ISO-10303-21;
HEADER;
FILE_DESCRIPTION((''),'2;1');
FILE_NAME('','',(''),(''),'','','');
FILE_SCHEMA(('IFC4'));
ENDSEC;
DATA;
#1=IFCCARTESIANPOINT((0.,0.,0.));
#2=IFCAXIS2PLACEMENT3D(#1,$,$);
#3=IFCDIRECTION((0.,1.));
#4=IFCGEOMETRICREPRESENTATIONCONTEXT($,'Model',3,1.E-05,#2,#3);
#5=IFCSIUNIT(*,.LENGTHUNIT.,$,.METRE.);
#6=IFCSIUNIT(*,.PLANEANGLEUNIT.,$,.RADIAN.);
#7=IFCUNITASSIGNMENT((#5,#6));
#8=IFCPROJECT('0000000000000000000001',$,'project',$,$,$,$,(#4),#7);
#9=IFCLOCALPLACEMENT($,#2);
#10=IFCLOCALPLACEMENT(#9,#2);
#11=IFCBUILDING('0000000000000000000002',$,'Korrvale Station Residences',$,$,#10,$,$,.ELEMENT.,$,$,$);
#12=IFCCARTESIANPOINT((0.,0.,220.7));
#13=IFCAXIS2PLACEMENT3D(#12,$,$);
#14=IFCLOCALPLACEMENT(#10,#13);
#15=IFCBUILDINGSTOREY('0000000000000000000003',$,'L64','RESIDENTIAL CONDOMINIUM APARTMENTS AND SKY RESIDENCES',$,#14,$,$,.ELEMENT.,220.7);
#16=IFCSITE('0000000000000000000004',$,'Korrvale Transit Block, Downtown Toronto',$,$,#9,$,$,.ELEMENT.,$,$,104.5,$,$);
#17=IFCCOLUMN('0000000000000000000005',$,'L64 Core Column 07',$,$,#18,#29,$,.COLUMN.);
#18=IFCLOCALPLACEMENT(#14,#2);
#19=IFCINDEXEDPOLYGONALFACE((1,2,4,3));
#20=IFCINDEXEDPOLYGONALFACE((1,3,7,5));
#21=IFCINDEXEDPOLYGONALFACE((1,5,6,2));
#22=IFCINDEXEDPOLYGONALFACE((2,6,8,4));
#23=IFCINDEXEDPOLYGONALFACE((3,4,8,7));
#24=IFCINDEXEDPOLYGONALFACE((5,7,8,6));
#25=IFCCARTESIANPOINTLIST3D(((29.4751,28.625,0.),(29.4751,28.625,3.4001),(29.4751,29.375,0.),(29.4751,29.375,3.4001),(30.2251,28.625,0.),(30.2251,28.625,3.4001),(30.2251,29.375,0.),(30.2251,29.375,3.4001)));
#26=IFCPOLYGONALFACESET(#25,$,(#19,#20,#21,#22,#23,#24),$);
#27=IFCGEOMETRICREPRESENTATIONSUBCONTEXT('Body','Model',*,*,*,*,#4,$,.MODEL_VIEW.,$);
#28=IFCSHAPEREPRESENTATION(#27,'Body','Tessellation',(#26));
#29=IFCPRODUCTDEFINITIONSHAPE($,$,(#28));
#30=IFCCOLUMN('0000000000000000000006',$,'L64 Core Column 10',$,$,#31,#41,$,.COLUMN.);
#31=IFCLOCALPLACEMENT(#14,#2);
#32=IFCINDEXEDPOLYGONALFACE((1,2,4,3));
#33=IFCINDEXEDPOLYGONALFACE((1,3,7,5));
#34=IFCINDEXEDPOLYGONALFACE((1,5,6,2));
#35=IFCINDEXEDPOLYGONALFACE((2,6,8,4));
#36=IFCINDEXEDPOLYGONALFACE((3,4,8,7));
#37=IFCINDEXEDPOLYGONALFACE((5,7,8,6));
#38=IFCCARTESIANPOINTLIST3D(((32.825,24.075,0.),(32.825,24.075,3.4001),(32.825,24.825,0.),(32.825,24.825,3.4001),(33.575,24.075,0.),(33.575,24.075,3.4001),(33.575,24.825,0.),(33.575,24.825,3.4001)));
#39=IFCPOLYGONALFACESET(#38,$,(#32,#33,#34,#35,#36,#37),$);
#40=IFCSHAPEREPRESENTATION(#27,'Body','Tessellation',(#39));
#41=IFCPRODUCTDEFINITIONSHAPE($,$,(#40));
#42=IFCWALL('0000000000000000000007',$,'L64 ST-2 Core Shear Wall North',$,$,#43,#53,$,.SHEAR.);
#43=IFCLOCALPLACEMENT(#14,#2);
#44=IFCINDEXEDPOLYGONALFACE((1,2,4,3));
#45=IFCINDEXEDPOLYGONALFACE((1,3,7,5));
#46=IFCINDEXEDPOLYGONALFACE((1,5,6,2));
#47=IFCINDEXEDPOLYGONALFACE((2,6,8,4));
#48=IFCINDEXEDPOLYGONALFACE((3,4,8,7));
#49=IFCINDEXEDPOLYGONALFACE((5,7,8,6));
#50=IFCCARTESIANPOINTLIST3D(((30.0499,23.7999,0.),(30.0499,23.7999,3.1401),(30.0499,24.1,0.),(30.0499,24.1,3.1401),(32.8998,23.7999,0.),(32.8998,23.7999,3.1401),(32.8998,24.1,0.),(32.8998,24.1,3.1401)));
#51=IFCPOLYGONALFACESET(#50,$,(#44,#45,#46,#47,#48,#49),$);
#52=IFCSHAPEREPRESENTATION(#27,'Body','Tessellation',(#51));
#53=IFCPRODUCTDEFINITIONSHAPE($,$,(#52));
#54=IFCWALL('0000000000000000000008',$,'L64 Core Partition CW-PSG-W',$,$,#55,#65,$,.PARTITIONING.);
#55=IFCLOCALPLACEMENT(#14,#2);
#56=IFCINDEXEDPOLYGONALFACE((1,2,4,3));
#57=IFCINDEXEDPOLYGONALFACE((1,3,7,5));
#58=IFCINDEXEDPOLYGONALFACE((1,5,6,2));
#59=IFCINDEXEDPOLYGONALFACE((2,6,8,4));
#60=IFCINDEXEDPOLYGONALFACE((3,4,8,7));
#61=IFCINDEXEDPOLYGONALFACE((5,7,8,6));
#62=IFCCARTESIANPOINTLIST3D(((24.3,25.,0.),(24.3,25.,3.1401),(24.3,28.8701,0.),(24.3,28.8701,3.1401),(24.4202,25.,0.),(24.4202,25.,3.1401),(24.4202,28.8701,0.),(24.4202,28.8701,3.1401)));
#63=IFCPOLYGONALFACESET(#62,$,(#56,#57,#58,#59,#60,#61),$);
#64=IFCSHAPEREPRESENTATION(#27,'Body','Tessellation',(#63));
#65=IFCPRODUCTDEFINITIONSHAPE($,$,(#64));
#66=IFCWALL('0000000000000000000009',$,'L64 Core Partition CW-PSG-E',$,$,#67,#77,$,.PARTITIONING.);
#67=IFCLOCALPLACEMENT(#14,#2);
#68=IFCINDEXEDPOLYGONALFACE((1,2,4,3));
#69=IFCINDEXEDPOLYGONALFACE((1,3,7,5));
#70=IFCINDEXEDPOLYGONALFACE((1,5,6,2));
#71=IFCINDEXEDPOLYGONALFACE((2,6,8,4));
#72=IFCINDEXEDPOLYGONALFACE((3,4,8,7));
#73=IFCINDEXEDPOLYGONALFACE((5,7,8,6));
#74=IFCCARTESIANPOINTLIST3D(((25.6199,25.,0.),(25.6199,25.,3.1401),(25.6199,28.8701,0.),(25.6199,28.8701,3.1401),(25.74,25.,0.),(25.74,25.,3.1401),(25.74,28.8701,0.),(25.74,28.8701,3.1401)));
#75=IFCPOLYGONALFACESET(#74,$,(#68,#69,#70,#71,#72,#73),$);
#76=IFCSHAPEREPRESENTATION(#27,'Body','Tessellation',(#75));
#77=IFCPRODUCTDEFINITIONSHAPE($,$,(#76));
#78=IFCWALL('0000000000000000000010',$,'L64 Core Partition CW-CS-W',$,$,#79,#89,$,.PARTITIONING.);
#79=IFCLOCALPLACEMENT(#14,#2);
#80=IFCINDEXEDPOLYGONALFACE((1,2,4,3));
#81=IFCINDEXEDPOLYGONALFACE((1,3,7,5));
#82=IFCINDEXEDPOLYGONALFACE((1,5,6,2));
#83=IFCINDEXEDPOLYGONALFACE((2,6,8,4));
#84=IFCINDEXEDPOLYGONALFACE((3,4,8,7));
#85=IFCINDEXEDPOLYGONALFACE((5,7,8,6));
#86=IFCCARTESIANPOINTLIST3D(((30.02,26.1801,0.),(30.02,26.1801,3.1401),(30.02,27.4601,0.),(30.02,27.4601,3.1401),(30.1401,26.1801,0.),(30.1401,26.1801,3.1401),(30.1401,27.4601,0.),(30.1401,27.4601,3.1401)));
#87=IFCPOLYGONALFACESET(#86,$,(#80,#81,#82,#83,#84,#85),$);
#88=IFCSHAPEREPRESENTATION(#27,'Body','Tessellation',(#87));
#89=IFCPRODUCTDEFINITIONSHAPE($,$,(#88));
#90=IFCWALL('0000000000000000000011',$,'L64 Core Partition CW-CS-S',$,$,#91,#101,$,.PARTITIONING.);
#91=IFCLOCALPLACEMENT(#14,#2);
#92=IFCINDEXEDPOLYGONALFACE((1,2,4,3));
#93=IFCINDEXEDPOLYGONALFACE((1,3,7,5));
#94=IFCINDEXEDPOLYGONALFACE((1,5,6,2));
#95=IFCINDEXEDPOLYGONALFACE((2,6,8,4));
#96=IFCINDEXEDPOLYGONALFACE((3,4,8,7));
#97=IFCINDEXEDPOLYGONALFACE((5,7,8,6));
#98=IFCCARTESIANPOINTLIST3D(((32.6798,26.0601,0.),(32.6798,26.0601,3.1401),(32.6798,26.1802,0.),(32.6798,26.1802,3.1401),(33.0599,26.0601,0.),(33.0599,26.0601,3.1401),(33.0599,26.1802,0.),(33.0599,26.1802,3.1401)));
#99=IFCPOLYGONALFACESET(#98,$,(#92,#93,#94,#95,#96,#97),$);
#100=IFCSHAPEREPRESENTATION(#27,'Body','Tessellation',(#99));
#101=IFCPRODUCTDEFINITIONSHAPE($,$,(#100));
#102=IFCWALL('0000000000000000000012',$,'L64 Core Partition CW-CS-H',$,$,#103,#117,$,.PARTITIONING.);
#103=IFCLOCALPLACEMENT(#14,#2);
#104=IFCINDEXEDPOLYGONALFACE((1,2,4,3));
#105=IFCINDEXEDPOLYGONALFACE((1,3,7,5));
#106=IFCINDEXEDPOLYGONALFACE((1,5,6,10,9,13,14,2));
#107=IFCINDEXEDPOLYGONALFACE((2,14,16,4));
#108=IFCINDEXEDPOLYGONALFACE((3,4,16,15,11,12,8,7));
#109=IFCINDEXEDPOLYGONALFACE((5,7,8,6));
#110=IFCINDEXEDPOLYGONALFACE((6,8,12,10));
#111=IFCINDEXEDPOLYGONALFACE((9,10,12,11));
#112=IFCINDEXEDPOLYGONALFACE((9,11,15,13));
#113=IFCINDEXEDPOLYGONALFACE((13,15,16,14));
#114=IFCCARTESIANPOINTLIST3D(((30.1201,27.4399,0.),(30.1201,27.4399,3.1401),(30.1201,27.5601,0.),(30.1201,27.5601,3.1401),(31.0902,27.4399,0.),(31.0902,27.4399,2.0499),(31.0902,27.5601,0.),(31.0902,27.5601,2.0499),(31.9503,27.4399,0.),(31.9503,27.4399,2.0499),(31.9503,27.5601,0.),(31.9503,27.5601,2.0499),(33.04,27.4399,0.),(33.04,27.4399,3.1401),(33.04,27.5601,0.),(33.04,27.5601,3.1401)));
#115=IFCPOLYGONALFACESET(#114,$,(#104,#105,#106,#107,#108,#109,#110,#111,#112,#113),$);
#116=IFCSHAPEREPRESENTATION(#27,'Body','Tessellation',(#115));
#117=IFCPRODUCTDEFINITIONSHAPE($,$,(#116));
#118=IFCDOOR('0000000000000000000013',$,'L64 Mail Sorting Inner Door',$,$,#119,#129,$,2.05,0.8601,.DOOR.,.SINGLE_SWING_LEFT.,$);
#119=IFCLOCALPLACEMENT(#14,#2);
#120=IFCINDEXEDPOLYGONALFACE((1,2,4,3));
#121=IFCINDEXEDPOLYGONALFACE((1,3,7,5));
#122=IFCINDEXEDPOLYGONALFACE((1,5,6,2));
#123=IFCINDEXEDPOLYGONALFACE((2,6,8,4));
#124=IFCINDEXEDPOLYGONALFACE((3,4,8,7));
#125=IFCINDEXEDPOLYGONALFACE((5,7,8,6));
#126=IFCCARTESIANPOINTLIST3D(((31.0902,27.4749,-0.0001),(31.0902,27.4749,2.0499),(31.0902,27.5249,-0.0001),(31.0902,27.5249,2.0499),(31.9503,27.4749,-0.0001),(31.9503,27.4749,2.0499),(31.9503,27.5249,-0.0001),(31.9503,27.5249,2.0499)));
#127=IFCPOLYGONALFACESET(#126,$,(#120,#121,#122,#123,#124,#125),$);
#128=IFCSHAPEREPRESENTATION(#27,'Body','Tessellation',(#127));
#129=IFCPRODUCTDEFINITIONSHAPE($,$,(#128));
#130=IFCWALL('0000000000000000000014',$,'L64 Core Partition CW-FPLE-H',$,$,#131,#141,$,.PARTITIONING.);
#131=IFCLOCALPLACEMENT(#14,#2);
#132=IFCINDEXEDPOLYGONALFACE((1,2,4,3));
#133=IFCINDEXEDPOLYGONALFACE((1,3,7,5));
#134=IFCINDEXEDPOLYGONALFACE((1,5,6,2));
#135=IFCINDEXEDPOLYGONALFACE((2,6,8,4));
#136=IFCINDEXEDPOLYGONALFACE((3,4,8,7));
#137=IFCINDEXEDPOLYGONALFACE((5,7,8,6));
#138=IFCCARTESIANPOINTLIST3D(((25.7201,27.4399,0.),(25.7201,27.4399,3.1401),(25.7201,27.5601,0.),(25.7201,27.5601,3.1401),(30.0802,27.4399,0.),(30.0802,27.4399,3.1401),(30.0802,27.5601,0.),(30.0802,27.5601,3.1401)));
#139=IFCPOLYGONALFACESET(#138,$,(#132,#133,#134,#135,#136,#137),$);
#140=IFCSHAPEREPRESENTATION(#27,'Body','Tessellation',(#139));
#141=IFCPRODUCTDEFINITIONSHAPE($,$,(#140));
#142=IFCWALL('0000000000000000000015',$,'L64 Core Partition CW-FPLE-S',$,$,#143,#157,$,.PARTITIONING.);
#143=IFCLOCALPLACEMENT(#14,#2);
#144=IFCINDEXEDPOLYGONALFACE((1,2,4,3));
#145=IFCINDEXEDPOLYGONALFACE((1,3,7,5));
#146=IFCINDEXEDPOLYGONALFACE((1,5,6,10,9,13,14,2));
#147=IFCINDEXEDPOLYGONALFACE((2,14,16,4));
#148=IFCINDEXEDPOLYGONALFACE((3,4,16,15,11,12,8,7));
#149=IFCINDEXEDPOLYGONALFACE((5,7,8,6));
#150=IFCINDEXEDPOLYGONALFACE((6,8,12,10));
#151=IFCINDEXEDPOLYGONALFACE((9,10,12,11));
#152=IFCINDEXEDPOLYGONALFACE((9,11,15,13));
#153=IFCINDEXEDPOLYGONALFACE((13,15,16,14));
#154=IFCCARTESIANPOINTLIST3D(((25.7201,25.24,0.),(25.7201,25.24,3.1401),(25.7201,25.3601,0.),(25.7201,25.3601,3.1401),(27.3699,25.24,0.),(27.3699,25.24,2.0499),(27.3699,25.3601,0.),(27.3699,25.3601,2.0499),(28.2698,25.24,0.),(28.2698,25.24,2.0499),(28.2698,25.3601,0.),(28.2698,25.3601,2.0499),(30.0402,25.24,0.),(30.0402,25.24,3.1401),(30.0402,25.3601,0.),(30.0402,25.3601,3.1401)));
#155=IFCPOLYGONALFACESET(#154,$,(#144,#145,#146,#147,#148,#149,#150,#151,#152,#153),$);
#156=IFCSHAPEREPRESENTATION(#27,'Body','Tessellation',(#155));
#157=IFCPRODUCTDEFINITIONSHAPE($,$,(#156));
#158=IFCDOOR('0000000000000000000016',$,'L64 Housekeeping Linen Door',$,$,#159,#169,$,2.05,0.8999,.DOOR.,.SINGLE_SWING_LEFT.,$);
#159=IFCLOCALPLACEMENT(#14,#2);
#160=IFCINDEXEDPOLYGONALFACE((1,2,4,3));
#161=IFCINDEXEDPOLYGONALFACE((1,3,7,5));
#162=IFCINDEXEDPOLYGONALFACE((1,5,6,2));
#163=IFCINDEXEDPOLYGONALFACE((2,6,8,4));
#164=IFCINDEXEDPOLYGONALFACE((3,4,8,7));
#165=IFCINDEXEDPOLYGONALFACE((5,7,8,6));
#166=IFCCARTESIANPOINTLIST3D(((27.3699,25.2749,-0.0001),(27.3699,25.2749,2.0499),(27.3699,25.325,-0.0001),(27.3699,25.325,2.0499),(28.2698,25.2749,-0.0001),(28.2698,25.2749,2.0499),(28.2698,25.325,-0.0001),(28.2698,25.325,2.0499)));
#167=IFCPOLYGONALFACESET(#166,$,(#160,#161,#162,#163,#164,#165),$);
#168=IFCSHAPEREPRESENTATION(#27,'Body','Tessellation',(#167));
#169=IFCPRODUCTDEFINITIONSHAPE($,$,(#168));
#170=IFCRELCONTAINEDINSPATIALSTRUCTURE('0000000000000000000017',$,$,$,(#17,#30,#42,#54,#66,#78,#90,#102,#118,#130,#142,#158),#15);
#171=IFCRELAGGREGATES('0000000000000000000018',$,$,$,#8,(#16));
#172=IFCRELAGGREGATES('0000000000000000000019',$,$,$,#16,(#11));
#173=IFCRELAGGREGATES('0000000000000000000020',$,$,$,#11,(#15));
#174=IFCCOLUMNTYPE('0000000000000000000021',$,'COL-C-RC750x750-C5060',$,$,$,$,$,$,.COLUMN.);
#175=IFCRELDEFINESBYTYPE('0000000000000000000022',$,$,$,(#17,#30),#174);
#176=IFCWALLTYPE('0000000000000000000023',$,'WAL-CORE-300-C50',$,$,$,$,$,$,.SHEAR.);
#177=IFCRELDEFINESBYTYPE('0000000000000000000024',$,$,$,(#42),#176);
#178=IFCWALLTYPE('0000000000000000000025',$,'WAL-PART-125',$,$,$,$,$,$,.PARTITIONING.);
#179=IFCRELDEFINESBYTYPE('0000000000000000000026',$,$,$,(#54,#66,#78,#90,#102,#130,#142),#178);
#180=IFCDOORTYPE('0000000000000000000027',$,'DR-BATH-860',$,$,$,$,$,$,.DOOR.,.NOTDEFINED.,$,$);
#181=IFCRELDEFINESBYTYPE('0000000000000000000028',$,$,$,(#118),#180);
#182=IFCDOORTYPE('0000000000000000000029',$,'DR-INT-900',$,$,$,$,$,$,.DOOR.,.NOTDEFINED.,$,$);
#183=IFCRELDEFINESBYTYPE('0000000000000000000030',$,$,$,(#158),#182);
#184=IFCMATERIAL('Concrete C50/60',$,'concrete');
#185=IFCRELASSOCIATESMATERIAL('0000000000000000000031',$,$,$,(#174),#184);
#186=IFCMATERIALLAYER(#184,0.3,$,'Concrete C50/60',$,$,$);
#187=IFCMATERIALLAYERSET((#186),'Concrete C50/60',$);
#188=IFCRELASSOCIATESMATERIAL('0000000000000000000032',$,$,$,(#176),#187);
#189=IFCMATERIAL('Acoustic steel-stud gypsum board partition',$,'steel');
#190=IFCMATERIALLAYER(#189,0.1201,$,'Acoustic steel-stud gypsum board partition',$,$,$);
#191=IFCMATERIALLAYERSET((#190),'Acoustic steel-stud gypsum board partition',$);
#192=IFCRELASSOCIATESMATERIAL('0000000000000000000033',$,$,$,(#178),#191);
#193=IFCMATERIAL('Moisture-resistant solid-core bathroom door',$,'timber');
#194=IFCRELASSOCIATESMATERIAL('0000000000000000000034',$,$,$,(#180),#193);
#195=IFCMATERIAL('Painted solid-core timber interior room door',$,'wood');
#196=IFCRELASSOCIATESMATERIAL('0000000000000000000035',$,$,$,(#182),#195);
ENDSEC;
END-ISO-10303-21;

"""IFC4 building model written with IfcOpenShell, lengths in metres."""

from ifc_helpers import new_model, si_unit, direction, frame, frame_2d, origin, origin_2d, place, context, subcontext, project, spatial, rectangle, extrude, material, layer, layer_set, material_profile, profile_set, type_object, element, fill, save


model = new_model("IFC4")

# Units and contexts
model_context = context("Model", 3, precision=1e-05, world=origin(), true_north=direction((0.0, 1.0)))
body_context = subcontext(model_context, "Body", "Model", "MODEL_VIEW")
ifc_project = project(units=[si_unit("LENGTHUNIT", "METRE"), si_unit("PLANEANGLEUNIT", "RADIAN")], contexts=[model_context])

# Site, building, storey
site_placement = place(None, origin())
site = spatial("IfcSite", under=ifc_project, at=site_placement, Name="Korrvale Transit Block, Downtown Toronto", CompositionType="ELEMENT", RefElevation=104.5)
building_placement = place(site_placement, origin())
building = spatial("IfcBuilding", under=site, at=building_placement, Name="Korrvale Station Residences", CompositionType="ELEMENT")
storey_placement = place(building_placement, frame((0.0, 0.0, 220.7)))
storey = spatial("IfcBuildingStorey", under=building, at=storey_placement, Name="L64", Description="RESIDENTIAL CONDOMINIUM APARTMENTS AND SKY RESIDENCES", CompositionType="ELEMENT", Elevation=220.7)

# Columns
ifc_material_1 = material(Name="Concrete C50/60", Category="concrete")
ifc_material_profile = material_profile(ifc_material_1, rectangle(XDim=0.75, YDim=0.75, at=origin_2d()), Name="RC750x750")
ifc_profile_set = profile_set([ifc_material_profile], Name="Concrete C50/60")
column_type = type_object("IfcColumnType", Name="COL-C-RC750x750-C5060", PredefinedType="COLUMN", material=ifc_profile_set)
for number, where, z_axis, x_axis, name in (
    (1, (29.8501, 29.0, 0.0), (0.0, 0.0, 1.0), (1.0, 0.0, 0.0), "L64 Core Column 07"),
    (2, (33.2, 24.45, 0.0), (0.0, 0.0, 1.0), (1.0, 0.0, 0.0), "L64 Core Column 10"),
):
    element("IfcColumn", number, at=place(storey_placement, frame(where, z_axis=z_axis, x_axis=x_axis)), inside=storey, type_object=column_type, Name=name, PredefinedType="COLUMN", context=body_context, shape_type="SweptSolid", body=[
        extrude(rectangle(XDim=0.75, YDim=0.75, at=origin_2d()), origin(), (0.0, 0.0, 1.0), 3.4001),
    ])

# Walls
ifc_layer_1 = layer(ifc_material_1, 0.3, Name="Concrete C50/60")
ifc_layer_set_1 = layer_set([ifc_layer_1], Name="Concrete C50/60")
wall_type_1 = type_object("IfcWallType", Name="WAL-CORE-300-C50", PredefinedType="SHEAR", material=ifc_layer_set_1)
wall_1_placement = place(storey_placement, frame((30.05, 23.95, 0.0), z_axis=(0.0, 0.0, 1.0), x_axis=(1.0, 0.0, 0.0)))
element("IfcWall", 3, at=wall_1_placement, inside=storey, type_object=wall_type_1, Name="L64 ST-2 Core Shear Wall North", PredefinedType="SHEAR", context=body_context, shape_type="SweptSolid", body=[
    extrude(rectangle(XDim=2.8499, YDim=0.3, at=frame_2d((1.4248, 0.0))), origin(), (0.0, 0.0, 1.0), 3.1401),
])
ifc_material_2 = material(Name="Acoustic steel-stud gypsum board partition", Category="steel")
ifc_layer_2 = layer(ifc_material_2, 0.1201, Name="Acoustic steel-stud gypsum board partition")
ifc_layer_set_2 = layer_set([ifc_layer_2], Name="Acoustic steel-stud gypsum board partition")
wall_type_2 = type_object("IfcWallType", Name="WAL-PART-125", PredefinedType="PARTITIONING", material=ifc_layer_set_2)
for number, where, z_axis, x_axis, name in (
    (4, (24.3601, 25.0, 0.0), (0.0, 0.0, 1.0), (0.0, 1.0, 0.0), "L64 Core Partition CW-PSG-W"),
    (5, (25.6799, 25.0, 0.0), (0.0, 0.0, 1.0), (0.0, 1.0, 0.0), "L64 Core Partition CW-PSG-E"),
):
    element("IfcWall", number, at=place(storey_placement, frame(where, z_axis=z_axis, x_axis=x_axis)), inside=storey, type_object=wall_type_2, Name=name, PredefinedType="PARTITIONING", context=body_context, shape_type="SweptSolid", body=[
        extrude(rectangle(XDim=3.8701, YDim=0.1201, at=frame_2d((1.9351, 0.0))), origin(), (0.0, 0.0, 1.0), 3.1401),
    ])
wall_2_placement = place(storey_placement, frame((30.0801, 26.1799, 0.0), z_axis=(0.0, 0.0, 1.0), x_axis=(0.0, 1.0, 0.0)))
element("IfcWall", 6, at=wall_2_placement, inside=storey, type_object=wall_type_2, Name="L64 Core Partition CW-CS-W", PredefinedType="PARTITIONING", context=body_context, shape_type="SweptSolid", body=[
    extrude(rectangle(XDim=1.28, YDim=0.1201, at=frame_2d((0.6401, 0.0))), origin(), (0.0, 0.0, 1.0), 3.1401),
])
wall_3_placement = place(storey_placement, frame((32.6799, 26.1201, 0.0), z_axis=(0.0, 0.0, 1.0), x_axis=(1.0, 0.0, 0.0)))
element("IfcWall", 7, at=wall_3_placement, inside=storey, type_object=wall_type_2, Name="L64 Core Partition CW-CS-S", PredefinedType="PARTITIONING", context=body_context, shape_type="SweptSolid", body=[
    extrude(rectangle(XDim=0.3801, YDim=0.1201, at=frame_2d((0.1899, 0.0))), origin(), (0.0, 0.0, 1.0), 3.1401),
])

# Wall, opening, door
wall_4_placement = place(storey_placement, frame((30.1201, 27.5, 0.0), z_axis=(0.0, 0.0, 1.0), x_axis=(1.0, 0.0, 0.0)))
wall_4 = element("IfcWall", 8, at=wall_4_placement, inside=storey, type_object=wall_type_2, Name="L64 Core Partition CW-CS-H", PredefinedType="PARTITIONING", context=body_context, shape_type="SweptSolid", body=[
    extrude(rectangle(XDim=2.9199, YDim=0.1201, at=frame_2d((1.46, 0.0))), origin(), (0.0, 0.0, 1.0), 3.1401),
])
opening_1_placement = place(wall_4_placement, frame((0.97, 0.0, 0.0)))
opening_1 = element("IfcOpeningElement", 9, at=opening_1_placement, cuts=wall_4, PredefinedType="OPENING", context=body_context, shape_type="SweptSolid", body=[
    extrude(rectangle(XDim=0.8601, YDim=2.05, at=frame_2d((0.4302, 1.0249))), frame((0.0, 0.0701, 0.0), z_axis=(0.0, -1.0, 0.0), x_axis=(1.0, 0.0, 0.0)), (0.0, 0.0, 1.0), 0.1401),
])
ifc_material_3 = material(Name="Moisture-resistant solid-core bathroom door", Category="timber")
door_type_1 = type_object("IfcDoorType", Name="DR-BATH-860", OperationType="NOTDEFINED", PredefinedType="DOOR", material=ifc_material_3)
door_1_placement = place(opening_1_placement, origin())
door_1 = element("IfcDoor", 10, at=door_1_placement, inside=storey, type_object=door_type_1, Name="L64 Mail Sorting Inner Door", OperationType="SINGLE_SWING_LEFT", OverallHeight=2.05, OverallWidth=0.8601, PredefinedType="DOOR", context=body_context, shape_type="SweptSolid", body=[
    extrude(rectangle(XDim=0.8601, YDim=2.05, at=frame_2d((0.4302, 1.0249))), frame((0.0, 0.0249, 0.0), z_axis=(0.0, -1.0, 0.0), x_axis=(1.0, 0.0, 0.0)), (0.0, 0.0, 1.0), 0.05),
])
fill(opening_1, door_1)

# Wall
wall_5_placement = place(storey_placement, frame((25.72, 27.5, 0.0), z_axis=(0.0, 0.0, 1.0), x_axis=(1.0, 0.0, 0.0)))
element("IfcWall", 11, at=wall_5_placement, inside=storey, type_object=wall_type_2, Name="L64 Core Partition CW-FPLE-H", PredefinedType="PARTITIONING", context=body_context, shape_type="SweptSolid", body=[
    extrude(rectangle(XDim=4.3601, YDim=0.1201, at=frame_2d((2.1802, 0.0))), origin(), (0.0, 0.0, 1.0), 3.1401),
])

# Wall, opening, door
wall_6_placement = place(storey_placement, frame((25.72, 25.3, 0.0), z_axis=(0.0, 0.0, 1.0), x_axis=(1.0, 0.0, 0.0)))
wall_6 = element("IfcWall", 12, at=wall_6_placement, inside=storey, type_object=wall_type_2, Name="L64 Core Partition CW-FPLE-S", PredefinedType="PARTITIONING", context=body_context, shape_type="SweptSolid", body=[
    extrude(rectangle(XDim=4.3201, YDim=0.1201, at=frame_2d((2.1602, 0.0))), origin(), (0.0, 0.0, 1.0), 3.1401),
])
opening_2_placement = place(wall_6_placement, frame((1.6499, 0.0, 0.0)))
opening_2 = element("IfcOpeningElement", 13, at=opening_2_placement, cuts=wall_6, PredefinedType="OPENING", context=body_context, shape_type="SweptSolid", body=[
    extrude(rectangle(XDim=0.8999, YDim=2.05, at=frame_2d((0.45, 1.0249))), frame((0.0, 0.0701, 0.0), z_axis=(0.0, -1.0, 0.0), x_axis=(1.0, 0.0, 0.0)), (0.0, 0.0, 1.0), 0.1401),
])
ifc_material_4 = material(Name="Painted solid-core timber interior room door", Category="wood")
door_type_2 = type_object("IfcDoorType", Name="DR-INT-900", OperationType="NOTDEFINED", PredefinedType="DOOR", material=ifc_material_4)
door_2_placement = place(opening_2_placement, origin())
door_2 = element("IfcDoor", 14, at=door_2_placement, inside=storey, type_object=door_type_2, Name="L64 Housekeeping Linen Door", OperationType="SINGLE_SWING_LEFT", OverallHeight=2.05, OverallWidth=0.8999, PredefinedType="DOOR", context=body_context, shape_type="SweptSolid", body=[
    extrude(rectangle(XDim=0.8999, YDim=2.05, at=frame_2d((0.45, 1.0249))), frame((0.0, 0.0249, 0.0), z_axis=(0.0, -1.0, 0.0), x_axis=(1.0, 0.0, 0.0)), (0.0, 0.0, 1.0), 0.05),
])
fill(opening_2, door_2)

save(model, "model.ifc")
